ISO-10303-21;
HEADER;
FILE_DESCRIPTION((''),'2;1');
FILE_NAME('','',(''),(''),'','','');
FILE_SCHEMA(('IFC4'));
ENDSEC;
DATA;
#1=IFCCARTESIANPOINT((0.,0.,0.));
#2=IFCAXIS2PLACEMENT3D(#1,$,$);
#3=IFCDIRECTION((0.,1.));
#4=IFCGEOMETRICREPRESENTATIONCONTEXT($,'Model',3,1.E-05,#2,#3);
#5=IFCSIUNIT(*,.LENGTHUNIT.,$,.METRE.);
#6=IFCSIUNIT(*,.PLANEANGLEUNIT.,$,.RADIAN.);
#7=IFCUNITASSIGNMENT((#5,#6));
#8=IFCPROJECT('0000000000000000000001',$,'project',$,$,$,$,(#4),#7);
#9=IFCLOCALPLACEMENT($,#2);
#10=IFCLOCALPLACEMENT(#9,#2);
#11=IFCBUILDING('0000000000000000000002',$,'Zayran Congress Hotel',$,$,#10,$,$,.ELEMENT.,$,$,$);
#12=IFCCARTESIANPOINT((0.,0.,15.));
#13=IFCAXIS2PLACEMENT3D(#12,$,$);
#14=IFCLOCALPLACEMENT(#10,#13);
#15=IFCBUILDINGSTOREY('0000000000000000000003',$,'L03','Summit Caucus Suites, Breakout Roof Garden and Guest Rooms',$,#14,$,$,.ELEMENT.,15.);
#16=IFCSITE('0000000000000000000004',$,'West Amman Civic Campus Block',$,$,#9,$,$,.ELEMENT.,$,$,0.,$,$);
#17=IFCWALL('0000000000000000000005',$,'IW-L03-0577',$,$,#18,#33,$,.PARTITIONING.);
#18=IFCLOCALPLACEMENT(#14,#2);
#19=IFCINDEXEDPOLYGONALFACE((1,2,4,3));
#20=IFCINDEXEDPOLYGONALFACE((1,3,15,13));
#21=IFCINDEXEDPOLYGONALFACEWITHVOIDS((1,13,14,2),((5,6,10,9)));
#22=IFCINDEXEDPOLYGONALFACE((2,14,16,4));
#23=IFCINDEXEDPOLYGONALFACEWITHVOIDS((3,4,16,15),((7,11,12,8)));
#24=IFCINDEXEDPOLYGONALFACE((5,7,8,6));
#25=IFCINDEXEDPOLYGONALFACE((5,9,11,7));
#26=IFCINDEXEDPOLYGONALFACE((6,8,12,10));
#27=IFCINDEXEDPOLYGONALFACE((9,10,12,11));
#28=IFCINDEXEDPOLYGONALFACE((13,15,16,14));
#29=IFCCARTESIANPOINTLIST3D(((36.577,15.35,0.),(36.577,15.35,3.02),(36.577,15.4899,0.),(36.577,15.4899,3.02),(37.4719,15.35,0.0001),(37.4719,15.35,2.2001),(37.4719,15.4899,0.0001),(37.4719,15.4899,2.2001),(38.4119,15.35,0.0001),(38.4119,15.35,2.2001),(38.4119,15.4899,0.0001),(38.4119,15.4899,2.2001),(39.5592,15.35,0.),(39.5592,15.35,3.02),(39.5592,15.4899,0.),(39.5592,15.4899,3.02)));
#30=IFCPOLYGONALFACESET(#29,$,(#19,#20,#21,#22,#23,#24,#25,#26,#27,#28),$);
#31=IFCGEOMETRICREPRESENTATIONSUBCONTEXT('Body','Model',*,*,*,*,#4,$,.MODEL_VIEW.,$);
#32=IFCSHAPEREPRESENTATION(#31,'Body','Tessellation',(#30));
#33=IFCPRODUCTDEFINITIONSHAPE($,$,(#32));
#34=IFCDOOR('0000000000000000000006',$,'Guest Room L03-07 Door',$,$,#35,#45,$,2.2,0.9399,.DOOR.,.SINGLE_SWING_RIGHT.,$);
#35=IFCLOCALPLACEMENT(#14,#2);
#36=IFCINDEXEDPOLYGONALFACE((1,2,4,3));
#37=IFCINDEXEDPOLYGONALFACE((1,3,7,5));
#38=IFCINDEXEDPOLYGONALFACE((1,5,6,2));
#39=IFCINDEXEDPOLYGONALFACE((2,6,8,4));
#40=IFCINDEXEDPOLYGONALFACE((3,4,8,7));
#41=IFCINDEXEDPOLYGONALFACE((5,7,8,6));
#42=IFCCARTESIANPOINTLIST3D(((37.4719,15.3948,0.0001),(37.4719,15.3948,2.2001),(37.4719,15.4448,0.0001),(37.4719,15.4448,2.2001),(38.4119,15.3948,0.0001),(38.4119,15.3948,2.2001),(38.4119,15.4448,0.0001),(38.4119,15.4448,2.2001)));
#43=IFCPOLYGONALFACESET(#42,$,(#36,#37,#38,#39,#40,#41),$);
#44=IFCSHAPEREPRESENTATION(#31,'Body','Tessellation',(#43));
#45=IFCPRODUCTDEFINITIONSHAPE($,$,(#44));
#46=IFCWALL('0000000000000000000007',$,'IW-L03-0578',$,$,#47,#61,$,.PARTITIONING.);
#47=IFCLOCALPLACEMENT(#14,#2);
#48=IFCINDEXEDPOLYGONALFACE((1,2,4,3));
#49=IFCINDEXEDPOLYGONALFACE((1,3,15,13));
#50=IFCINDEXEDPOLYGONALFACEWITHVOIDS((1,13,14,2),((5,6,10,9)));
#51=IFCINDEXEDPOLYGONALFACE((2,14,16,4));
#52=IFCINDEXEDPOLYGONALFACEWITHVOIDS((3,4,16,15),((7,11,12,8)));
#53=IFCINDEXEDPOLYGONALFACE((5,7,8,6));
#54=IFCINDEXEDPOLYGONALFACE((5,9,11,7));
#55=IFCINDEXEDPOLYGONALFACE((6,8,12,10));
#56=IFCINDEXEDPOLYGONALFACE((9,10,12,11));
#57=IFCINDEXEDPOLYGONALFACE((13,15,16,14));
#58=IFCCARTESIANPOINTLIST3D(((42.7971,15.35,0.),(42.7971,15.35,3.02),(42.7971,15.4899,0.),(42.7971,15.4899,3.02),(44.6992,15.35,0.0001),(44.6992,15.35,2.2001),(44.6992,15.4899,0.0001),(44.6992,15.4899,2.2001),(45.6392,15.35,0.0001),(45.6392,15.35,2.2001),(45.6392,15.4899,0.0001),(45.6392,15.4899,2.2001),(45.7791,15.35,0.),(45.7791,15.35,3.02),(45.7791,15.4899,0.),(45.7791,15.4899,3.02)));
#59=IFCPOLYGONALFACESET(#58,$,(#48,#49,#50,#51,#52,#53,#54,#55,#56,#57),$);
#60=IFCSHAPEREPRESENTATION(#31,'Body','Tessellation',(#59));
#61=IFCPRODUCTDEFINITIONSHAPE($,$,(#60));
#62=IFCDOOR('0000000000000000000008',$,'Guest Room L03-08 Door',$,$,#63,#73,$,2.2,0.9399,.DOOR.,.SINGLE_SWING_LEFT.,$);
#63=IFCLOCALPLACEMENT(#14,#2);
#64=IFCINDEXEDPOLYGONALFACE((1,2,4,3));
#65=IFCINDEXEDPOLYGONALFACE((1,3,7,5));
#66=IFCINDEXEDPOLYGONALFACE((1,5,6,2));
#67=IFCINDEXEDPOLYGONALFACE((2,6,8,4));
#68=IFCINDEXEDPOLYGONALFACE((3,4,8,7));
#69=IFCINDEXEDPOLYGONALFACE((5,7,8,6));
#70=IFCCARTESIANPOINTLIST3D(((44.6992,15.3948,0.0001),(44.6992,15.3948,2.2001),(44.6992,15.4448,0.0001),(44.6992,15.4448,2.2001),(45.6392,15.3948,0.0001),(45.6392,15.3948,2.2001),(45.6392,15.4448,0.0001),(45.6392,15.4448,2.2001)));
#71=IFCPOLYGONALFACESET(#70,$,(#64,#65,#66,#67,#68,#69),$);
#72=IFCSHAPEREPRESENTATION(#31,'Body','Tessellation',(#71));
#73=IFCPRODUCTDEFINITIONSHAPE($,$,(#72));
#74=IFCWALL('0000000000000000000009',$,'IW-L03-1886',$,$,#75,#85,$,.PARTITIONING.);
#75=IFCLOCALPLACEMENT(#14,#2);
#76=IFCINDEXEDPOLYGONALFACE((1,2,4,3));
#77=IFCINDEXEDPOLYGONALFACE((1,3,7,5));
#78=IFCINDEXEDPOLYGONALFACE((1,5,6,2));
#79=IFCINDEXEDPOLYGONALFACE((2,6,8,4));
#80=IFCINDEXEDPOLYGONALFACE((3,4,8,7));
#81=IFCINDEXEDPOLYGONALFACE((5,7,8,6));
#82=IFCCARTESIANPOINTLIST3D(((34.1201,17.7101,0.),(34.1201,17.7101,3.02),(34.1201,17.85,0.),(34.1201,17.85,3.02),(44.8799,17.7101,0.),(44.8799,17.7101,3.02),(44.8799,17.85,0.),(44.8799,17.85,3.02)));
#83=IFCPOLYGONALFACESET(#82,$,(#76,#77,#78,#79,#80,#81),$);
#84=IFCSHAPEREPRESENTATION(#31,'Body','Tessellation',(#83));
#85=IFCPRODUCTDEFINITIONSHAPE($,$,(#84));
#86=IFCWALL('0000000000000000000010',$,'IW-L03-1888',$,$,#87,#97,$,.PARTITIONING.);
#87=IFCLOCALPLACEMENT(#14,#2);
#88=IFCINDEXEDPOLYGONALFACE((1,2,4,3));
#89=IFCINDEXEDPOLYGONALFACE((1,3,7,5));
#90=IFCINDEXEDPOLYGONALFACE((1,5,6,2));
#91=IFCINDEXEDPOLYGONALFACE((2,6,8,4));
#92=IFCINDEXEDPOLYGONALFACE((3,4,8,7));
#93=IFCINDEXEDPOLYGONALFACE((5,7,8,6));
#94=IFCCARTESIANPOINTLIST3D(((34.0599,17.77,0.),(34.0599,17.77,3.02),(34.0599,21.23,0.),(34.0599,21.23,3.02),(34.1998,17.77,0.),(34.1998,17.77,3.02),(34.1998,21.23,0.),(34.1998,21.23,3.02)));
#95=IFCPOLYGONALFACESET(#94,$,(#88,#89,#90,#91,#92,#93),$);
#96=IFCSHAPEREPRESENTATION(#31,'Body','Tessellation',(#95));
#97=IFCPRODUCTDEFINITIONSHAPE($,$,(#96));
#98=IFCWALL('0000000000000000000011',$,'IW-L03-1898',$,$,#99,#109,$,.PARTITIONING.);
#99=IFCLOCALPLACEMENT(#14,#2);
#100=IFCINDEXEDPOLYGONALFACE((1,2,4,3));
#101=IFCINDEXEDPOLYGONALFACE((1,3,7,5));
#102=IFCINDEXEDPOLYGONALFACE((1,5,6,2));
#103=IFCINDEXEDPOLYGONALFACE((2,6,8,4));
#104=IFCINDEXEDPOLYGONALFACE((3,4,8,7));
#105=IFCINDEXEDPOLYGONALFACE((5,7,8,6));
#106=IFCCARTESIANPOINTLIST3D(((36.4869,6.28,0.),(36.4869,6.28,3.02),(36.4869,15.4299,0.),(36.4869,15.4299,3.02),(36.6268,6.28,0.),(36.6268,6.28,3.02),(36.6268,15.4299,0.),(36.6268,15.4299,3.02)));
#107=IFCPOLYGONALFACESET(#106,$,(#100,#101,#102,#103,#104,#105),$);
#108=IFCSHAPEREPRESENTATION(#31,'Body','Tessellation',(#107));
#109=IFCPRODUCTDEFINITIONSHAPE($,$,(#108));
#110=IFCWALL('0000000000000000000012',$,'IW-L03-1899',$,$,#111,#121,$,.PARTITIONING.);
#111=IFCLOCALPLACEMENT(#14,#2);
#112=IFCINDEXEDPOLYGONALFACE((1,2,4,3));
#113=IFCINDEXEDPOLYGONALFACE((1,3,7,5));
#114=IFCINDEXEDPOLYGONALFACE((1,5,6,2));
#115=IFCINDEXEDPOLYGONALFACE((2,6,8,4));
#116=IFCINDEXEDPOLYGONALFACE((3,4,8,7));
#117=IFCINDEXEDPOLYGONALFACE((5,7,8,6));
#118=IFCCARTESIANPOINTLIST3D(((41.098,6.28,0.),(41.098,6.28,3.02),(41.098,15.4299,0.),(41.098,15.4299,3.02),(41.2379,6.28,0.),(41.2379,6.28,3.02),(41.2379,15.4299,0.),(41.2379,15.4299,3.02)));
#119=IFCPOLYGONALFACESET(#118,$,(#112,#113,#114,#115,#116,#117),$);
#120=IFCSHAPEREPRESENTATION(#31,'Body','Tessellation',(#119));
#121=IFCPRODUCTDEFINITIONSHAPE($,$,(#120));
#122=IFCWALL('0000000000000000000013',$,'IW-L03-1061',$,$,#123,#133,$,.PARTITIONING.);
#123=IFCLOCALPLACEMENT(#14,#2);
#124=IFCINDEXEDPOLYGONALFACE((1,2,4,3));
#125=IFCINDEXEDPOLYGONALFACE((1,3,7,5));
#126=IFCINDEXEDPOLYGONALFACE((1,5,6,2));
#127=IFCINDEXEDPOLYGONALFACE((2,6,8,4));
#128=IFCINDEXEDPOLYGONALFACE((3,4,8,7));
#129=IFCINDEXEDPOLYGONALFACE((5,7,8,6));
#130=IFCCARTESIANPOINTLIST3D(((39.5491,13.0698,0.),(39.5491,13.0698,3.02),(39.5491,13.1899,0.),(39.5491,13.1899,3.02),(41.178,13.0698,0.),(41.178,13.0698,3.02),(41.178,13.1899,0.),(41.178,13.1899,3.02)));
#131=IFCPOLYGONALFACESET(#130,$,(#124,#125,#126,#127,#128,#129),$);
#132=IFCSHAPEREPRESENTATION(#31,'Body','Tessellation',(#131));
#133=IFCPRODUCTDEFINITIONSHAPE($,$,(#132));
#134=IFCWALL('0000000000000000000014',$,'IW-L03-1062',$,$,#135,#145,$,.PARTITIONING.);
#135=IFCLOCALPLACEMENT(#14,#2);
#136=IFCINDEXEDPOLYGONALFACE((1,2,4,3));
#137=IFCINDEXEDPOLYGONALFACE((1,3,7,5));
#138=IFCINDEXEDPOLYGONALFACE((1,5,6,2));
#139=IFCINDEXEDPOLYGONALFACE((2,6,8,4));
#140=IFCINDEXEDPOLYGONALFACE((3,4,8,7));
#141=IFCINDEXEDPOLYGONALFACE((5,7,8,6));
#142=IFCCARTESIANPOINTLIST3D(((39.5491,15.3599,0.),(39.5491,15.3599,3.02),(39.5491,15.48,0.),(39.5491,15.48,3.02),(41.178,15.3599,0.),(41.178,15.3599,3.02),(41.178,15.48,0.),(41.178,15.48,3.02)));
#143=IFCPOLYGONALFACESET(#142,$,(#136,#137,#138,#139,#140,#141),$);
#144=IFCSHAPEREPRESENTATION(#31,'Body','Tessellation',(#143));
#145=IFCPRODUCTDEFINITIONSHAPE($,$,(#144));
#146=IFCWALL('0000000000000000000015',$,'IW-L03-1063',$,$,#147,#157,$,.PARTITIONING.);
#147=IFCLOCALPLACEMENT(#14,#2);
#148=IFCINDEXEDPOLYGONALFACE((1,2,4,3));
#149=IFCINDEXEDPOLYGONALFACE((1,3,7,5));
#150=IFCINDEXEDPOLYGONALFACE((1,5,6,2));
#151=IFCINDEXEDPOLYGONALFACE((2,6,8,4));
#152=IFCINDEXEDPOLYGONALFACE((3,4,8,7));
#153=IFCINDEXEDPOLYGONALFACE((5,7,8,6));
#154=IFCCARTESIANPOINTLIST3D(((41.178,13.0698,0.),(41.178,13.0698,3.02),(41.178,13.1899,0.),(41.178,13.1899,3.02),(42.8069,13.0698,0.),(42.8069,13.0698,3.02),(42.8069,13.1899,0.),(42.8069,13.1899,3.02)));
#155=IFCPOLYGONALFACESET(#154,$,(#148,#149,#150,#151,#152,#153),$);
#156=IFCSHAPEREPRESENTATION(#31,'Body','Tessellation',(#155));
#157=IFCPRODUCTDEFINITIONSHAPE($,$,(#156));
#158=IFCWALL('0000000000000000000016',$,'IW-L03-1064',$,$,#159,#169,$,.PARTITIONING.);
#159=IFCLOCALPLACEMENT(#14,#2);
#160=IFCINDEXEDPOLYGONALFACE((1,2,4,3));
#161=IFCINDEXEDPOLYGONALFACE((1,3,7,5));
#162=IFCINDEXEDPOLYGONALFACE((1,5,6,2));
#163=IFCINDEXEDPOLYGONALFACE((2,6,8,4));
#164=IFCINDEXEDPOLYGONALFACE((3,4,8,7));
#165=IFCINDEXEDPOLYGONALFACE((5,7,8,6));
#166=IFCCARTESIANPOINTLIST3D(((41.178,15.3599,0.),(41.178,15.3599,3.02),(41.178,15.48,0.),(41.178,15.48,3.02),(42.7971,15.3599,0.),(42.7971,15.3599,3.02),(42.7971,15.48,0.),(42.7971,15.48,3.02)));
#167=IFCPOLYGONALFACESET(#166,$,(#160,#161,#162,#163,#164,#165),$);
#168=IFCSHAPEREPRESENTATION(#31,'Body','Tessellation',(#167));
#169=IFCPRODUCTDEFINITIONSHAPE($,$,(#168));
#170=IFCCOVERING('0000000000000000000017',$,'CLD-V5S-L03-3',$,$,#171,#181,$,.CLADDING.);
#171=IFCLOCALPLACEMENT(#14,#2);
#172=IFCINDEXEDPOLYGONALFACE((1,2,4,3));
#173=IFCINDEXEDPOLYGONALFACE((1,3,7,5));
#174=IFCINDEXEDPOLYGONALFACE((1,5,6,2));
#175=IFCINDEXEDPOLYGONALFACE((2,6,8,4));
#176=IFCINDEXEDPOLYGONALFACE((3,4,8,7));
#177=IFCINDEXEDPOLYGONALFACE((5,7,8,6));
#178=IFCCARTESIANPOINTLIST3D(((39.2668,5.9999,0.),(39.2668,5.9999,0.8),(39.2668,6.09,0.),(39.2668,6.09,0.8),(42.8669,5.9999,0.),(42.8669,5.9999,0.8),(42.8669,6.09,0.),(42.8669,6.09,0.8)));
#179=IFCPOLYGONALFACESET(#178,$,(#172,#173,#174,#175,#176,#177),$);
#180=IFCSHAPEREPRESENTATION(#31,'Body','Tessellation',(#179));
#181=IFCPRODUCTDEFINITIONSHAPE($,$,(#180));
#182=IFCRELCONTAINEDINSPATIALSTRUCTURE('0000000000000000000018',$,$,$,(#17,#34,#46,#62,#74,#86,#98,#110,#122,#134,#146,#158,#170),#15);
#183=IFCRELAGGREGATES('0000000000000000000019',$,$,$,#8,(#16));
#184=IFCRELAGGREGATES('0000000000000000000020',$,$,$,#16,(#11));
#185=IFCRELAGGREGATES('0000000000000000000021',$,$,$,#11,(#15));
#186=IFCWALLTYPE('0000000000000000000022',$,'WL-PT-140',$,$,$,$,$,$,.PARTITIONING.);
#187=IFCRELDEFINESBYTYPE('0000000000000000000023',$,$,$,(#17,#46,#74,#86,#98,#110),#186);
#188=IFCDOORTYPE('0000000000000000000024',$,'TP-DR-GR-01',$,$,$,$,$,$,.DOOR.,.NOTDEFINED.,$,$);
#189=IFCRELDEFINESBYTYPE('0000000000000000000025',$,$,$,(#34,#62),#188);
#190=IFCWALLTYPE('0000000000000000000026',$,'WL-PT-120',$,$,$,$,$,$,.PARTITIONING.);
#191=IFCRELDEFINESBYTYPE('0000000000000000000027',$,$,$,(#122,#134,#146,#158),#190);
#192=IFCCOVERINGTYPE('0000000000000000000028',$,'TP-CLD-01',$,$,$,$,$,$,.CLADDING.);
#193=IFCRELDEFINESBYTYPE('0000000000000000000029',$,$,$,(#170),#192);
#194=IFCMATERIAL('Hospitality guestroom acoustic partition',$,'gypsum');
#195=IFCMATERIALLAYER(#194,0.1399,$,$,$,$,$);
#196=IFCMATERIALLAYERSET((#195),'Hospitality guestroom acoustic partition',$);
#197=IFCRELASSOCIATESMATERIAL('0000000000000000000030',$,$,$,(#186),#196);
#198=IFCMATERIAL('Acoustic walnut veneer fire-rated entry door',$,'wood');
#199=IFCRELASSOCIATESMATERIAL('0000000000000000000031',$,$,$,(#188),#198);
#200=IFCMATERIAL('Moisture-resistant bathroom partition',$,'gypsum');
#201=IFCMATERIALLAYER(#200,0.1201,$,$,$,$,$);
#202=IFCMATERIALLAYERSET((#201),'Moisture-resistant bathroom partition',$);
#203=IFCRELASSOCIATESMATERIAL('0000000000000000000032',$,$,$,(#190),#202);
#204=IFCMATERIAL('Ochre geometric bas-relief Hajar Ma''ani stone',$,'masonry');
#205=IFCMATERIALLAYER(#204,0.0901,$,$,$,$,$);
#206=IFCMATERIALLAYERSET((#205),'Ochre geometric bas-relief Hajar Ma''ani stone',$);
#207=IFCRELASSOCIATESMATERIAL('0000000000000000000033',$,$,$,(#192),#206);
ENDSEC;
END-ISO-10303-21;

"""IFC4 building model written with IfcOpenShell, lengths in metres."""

from ifc_helpers import new_model, si_unit, direction, frame, frame_2d, origin, origin_2d, place, context, subcontext, project, spatial, rectangle, extrude, material, layer, layer_set, type_object, element, fill, save


model = new_model("IFC4")

# Units and contexts
model_context = context("Model", 3, precision=1e-05, world=origin(), true_north=direction((0.0, 1.0)))
body_context = subcontext(model_context, "Body", "Model", "MODEL_VIEW")
ifc_project = project(units=[si_unit("LENGTHUNIT", "METRE"), si_unit("PLANEANGLEUNIT", "RADIAN")], contexts=[model_context])

# Site, building, storey
site_placement = place(None, origin())
site = spatial("IfcSite", under=ifc_project, at=site_placement, Name="West Amman Civic Campus Block", CompositionType="ELEMENT", RefElevation=0.0)
building_placement = place(site_placement, origin())
building = spatial("IfcBuilding", under=site, at=building_placement, Name="Zayran Congress Hotel", CompositionType="ELEMENT")
storey_placement = place(building_placement, frame((0.0, 0.0, 15.0)))
storey = spatial("IfcBuildingStorey", under=building, at=storey_placement, Name="L03", Description="Summit Caucus Suites, Breakout Roof Garden and Guest Rooms", CompositionType="ELEMENT", Elevation=15.0)

# Walls, openings, doors
ifc_material_1 = material(Name="Hospitality guestroom acoustic partition", Category="gypsum")
ifc_layer_1 = layer(ifc_material_1, 0.1399)
ifc_layer_set_1 = layer_set([ifc_layer_1], Name="Hospitality guestroom acoustic partition")
wall_type_1 = type_object("IfcWallType", Name="WL-PT-140", PredefinedType="PARTITIONING", material=ifc_layer_set_1)
wall_1_placement = place(storey_placement, frame((36.5769, 15.4199, 0.0), z_axis=(0.0, 0.0, 1.0), x_axis=(1.0, 0.0, 0.0)))
wall_1 = element("IfcWall", 1, at=wall_1_placement, inside=storey, type_object=wall_type_1, Name="IW-L03-0577", PredefinedType="PARTITIONING", context=body_context, shape_type="SweptSolid", body=[
    extrude(rectangle(XDim=2.9822, YDim=0.1399, at=frame_2d((1.4912, 0.0))), origin(), (0.0, 0.0, 1.0), 3.02),
])
opening_1_placement = place(wall_1_placement, frame((0.895, 0.0, 0.0)))
opening_1 = element("IfcOpeningElement", 2, at=opening_1_placement, cuts=wall_1, PredefinedType="OPENING", context=body_context, shape_type="SweptSolid", body=[
    extrude(rectangle(XDim=0.9399, YDim=2.2, at=frame_2d((0.47, 1.1001))), frame((0.0, 0.0798, 0.0), z_axis=(0.0, -1.0, 0.0), x_axis=(1.0, 0.0, 0.0)), (0.0, 0.0, 1.0), 0.1599),
])
ifc_material_2 = material(Name="Acoustic walnut veneer fire-rated entry door", Category="wood")
door_type_1 = type_object("IfcDoorType", Name="TP-DR-GR-01", OperationType="NOTDEFINED", PredefinedType="DOOR", material=ifc_material_2)
door_1_placement = place(opening_1_placement, origin())
door_1 = element("IfcDoor", 3, at=door_1_placement, inside=storey, type_object=door_type_1, Name="Guest Room L03-07 Door", OperationType="SINGLE_SWING_RIGHT", OverallHeight=2.2, OverallWidth=0.9399, PredefinedType="DOOR", context=body_context, shape_type="SweptSolid", body=[
    extrude(rectangle(XDim=0.9399, YDim=2.2, at=frame_2d((0.47, 1.1001))), frame((0.0, 0.0249, 0.0), z_axis=(0.0, -1.0, 0.0), x_axis=(1.0, 0.0, 0.0)), (0.0, 0.0, 1.0), 0.05),
])
fill(opening_1, door_1)
wall_2_placement = place(storey_placement, frame((42.7971, 15.4199, 0.0), z_axis=(0.0, 0.0, 1.0), x_axis=(1.0, 0.0, 0.0)))
wall_2 = element("IfcWall", 4, at=wall_2_placement, inside=storey, type_object=wall_type_1, Name="IW-L03-0578", PredefinedType="PARTITIONING", context=body_context, shape_type="SweptSolid", body=[
    extrude(rectangle(XDim=2.9819, YDim=0.1399, at=frame_2d((1.491, 0.0))), origin(), (0.0, 0.0, 1.0), 3.02),
])
opening_2_placement = place(wall_2_placement, frame((1.9021, 0.0, 0.0)))
opening_2 = element("IfcOpeningElement", 5, at=opening_2_placement, cuts=wall_2, PredefinedType="OPENING", context=body_context, shape_type="SweptSolid", body=[
    extrude(rectangle(XDim=0.9399, YDim=2.2, at=frame_2d((0.47, 1.1001))), frame((0.0, 0.0798, 0.0), z_axis=(0.0, -1.0, 0.0), x_axis=(1.0, 0.0, 0.0)), (0.0, 0.0, 1.0), 0.1599),
])
door_2_placement = place(opening_2_placement, origin())
door_2 = element("IfcDoor", 6, at=door_2_placement, inside=storey, type_object=door_type_1, Name="Guest Room L03-08 Door", OperationType="SINGLE_SWING_LEFT", OverallHeight=2.2, OverallWidth=0.9399, PredefinedType="DOOR", context=body_context, shape_type="SweptSolid", body=[
    extrude(rectangle(XDim=0.9399, YDim=2.2, at=frame_2d((0.47, 1.1001))), frame((0.0, 0.0249, 0.0), z_axis=(0.0, -1.0, 0.0), x_axis=(1.0, 0.0, 0.0)), (0.0, 0.0, 1.0), 0.05),
])
fill(opening_2, door_2)

# Walls
wall_3_placement = place(storey_placement, frame((34.1201, 17.78, 0.0), z_axis=(0.0, 0.0, 1.0), x_axis=(1.0, 0.0, 0.0)))
element("IfcWall", 7, at=wall_3_placement, inside=storey, type_object=wall_type_1, Name="IW-L03-1886", PredefinedType="PARTITIONING", context=body_context, shape_type="SweptSolid", body=[
    extrude(rectangle(XDim=10.7598, YDim=0.1399, at=frame_2d((5.3799, 0.0))), origin(), (0.0, 0.0, 1.0), 3.02),
])
wall_4_placement = place(storey_placement, frame((34.1299, 17.77, 0.0), z_axis=(0.0, 0.0, 1.0), x_axis=(0.0, 1.0, 0.0)))
element("IfcWall", 8, at=wall_4_placement, inside=storey, type_object=wall_type_1, Name="IW-L03-1888", PredefinedType="PARTITIONING", context=body_context, shape_type="SweptSolid", body=[
    extrude(rectangle(XDim=3.46, YDim=0.1399, at=frame_2d((1.73, 0.0))), origin(), (0.0, 0.0, 1.0), 3.02),
])
for number, where, z_axis, x_axis, name in (
    (9, (36.5569, 6.28, 0.0), (0.0, 0.0, 1.0), (0.0, 1.0, 0.0), "IW-L03-1898"),
    (10, (41.168, 6.28, 0.0), (0.0, 0.0, 1.0), (0.0, 1.0, 0.0), "IW-L03-1899"),
):
    element("IfcWall", number, at=place(storey_placement, frame(where, z_axis=z_axis, x_axis=x_axis)), inside=storey, type_object=wall_type_1, Name=name, PredefinedType="PARTITIONING", context=body_context, shape_type="SweptSolid", body=[
        extrude(rectangle(XDim=9.1499, YDim=0.1399, at=frame_2d((4.575, 0.0))), origin(), (0.0, 0.0, 1.0), 3.02),
    ])

# Shared definitions
ifc_material_3 = material(Name="Moisture-resistant bathroom partition", Category="gypsum")
ifc_layer_2 = layer(ifc_material_3, 0.1201)
ifc_layer_set_2 = layer_set([ifc_layer_2], Name="Moisture-resistant bathroom partition")
wall_type_2 = type_object("IfcWallType", Name="WL-PT-120", PredefinedType="PARTITIONING", material=ifc_layer_set_2)

# Walls
for number, where, z_axis, x_axis, name in (
    (11, (39.5491, 13.1299, 0.0), (0.0, 0.0, 1.0), (1.0, 0.0, 0.0), "IW-L03-1061"),
    (12, (39.5491, 15.4199, 0.0), (0.0, 0.0, 1.0), (1.0, 0.0, 0.0), "IW-L03-1062"),
    (13, (41.178, 13.1299, 0.0), (0.0, 0.0, 1.0), (1.0, 0.0, 0.0), "IW-L03-1063"),
):
    element("IfcWall", number, at=place(storey_placement, frame(where, z_axis=z_axis, x_axis=x_axis)), inside=storey, type_object=wall_type_2, Name=name, PredefinedType="PARTITIONING", context=body_context, shape_type="SweptSolid", body=[
        extrude(rectangle(XDim=1.6289, YDim=0.1201, at=frame_2d((0.8145, 0.0))), origin(), (0.0, 0.0, 1.0), 3.02),
    ])
wall_5_placement = place(storey_placement, frame((41.178, 15.4199, 0.0), z_axis=(0.0, 0.0, 1.0), x_axis=(1.0, 0.0, 0.0)))
element("IfcWall", 14, at=wall_5_placement, inside=storey, type_object=wall_type_2, Name="IW-L03-1064", PredefinedType="PARTITIONING", context=body_context, shape_type="SweptSolid", body=[
    extrude(rectangle(XDim=1.6191, YDim=0.1201, at=frame_2d((0.8096, 0.0))), origin(), (0.0, 0.0, 1.0), 3.02),
])

# Covering
ifc_material_4 = material(Name="Ochre geometric bas-relief Hajar Ma'ani stone", Category="masonry")
ifc_layer_3 = layer(ifc_material_4, 0.0901)
ifc_layer_set_3 = layer_set([ifc_layer_3], Name="Ochre geometric bas-relief Hajar Ma'ani stone")
covering_type = type_object("IfcCoveringType", Name="TP-CLD-01", PredefinedType="CLADDING", material=ifc_layer_set_3)
covering_placement = place(storey_placement, frame((41.0669, 6.0449, 0.0), z_axis=(0.0, 0.0, 1.0), x_axis=(1.0, 0.0, 0.0)))
element("IfcCovering", 15, at=covering_placement, inside=storey, type_object=covering_type, Name="CLD-V5S-L03-3", PredefinedType="CLADDING", context=body_context, shape_type="SweptSolid", body=[
    extrude(rectangle(XDim=3.6001, YDim=0.0901, at=origin_2d()), origin(), (0.0, 0.0, 1.0), 0.8),
])

save(model, "model.ifc")
